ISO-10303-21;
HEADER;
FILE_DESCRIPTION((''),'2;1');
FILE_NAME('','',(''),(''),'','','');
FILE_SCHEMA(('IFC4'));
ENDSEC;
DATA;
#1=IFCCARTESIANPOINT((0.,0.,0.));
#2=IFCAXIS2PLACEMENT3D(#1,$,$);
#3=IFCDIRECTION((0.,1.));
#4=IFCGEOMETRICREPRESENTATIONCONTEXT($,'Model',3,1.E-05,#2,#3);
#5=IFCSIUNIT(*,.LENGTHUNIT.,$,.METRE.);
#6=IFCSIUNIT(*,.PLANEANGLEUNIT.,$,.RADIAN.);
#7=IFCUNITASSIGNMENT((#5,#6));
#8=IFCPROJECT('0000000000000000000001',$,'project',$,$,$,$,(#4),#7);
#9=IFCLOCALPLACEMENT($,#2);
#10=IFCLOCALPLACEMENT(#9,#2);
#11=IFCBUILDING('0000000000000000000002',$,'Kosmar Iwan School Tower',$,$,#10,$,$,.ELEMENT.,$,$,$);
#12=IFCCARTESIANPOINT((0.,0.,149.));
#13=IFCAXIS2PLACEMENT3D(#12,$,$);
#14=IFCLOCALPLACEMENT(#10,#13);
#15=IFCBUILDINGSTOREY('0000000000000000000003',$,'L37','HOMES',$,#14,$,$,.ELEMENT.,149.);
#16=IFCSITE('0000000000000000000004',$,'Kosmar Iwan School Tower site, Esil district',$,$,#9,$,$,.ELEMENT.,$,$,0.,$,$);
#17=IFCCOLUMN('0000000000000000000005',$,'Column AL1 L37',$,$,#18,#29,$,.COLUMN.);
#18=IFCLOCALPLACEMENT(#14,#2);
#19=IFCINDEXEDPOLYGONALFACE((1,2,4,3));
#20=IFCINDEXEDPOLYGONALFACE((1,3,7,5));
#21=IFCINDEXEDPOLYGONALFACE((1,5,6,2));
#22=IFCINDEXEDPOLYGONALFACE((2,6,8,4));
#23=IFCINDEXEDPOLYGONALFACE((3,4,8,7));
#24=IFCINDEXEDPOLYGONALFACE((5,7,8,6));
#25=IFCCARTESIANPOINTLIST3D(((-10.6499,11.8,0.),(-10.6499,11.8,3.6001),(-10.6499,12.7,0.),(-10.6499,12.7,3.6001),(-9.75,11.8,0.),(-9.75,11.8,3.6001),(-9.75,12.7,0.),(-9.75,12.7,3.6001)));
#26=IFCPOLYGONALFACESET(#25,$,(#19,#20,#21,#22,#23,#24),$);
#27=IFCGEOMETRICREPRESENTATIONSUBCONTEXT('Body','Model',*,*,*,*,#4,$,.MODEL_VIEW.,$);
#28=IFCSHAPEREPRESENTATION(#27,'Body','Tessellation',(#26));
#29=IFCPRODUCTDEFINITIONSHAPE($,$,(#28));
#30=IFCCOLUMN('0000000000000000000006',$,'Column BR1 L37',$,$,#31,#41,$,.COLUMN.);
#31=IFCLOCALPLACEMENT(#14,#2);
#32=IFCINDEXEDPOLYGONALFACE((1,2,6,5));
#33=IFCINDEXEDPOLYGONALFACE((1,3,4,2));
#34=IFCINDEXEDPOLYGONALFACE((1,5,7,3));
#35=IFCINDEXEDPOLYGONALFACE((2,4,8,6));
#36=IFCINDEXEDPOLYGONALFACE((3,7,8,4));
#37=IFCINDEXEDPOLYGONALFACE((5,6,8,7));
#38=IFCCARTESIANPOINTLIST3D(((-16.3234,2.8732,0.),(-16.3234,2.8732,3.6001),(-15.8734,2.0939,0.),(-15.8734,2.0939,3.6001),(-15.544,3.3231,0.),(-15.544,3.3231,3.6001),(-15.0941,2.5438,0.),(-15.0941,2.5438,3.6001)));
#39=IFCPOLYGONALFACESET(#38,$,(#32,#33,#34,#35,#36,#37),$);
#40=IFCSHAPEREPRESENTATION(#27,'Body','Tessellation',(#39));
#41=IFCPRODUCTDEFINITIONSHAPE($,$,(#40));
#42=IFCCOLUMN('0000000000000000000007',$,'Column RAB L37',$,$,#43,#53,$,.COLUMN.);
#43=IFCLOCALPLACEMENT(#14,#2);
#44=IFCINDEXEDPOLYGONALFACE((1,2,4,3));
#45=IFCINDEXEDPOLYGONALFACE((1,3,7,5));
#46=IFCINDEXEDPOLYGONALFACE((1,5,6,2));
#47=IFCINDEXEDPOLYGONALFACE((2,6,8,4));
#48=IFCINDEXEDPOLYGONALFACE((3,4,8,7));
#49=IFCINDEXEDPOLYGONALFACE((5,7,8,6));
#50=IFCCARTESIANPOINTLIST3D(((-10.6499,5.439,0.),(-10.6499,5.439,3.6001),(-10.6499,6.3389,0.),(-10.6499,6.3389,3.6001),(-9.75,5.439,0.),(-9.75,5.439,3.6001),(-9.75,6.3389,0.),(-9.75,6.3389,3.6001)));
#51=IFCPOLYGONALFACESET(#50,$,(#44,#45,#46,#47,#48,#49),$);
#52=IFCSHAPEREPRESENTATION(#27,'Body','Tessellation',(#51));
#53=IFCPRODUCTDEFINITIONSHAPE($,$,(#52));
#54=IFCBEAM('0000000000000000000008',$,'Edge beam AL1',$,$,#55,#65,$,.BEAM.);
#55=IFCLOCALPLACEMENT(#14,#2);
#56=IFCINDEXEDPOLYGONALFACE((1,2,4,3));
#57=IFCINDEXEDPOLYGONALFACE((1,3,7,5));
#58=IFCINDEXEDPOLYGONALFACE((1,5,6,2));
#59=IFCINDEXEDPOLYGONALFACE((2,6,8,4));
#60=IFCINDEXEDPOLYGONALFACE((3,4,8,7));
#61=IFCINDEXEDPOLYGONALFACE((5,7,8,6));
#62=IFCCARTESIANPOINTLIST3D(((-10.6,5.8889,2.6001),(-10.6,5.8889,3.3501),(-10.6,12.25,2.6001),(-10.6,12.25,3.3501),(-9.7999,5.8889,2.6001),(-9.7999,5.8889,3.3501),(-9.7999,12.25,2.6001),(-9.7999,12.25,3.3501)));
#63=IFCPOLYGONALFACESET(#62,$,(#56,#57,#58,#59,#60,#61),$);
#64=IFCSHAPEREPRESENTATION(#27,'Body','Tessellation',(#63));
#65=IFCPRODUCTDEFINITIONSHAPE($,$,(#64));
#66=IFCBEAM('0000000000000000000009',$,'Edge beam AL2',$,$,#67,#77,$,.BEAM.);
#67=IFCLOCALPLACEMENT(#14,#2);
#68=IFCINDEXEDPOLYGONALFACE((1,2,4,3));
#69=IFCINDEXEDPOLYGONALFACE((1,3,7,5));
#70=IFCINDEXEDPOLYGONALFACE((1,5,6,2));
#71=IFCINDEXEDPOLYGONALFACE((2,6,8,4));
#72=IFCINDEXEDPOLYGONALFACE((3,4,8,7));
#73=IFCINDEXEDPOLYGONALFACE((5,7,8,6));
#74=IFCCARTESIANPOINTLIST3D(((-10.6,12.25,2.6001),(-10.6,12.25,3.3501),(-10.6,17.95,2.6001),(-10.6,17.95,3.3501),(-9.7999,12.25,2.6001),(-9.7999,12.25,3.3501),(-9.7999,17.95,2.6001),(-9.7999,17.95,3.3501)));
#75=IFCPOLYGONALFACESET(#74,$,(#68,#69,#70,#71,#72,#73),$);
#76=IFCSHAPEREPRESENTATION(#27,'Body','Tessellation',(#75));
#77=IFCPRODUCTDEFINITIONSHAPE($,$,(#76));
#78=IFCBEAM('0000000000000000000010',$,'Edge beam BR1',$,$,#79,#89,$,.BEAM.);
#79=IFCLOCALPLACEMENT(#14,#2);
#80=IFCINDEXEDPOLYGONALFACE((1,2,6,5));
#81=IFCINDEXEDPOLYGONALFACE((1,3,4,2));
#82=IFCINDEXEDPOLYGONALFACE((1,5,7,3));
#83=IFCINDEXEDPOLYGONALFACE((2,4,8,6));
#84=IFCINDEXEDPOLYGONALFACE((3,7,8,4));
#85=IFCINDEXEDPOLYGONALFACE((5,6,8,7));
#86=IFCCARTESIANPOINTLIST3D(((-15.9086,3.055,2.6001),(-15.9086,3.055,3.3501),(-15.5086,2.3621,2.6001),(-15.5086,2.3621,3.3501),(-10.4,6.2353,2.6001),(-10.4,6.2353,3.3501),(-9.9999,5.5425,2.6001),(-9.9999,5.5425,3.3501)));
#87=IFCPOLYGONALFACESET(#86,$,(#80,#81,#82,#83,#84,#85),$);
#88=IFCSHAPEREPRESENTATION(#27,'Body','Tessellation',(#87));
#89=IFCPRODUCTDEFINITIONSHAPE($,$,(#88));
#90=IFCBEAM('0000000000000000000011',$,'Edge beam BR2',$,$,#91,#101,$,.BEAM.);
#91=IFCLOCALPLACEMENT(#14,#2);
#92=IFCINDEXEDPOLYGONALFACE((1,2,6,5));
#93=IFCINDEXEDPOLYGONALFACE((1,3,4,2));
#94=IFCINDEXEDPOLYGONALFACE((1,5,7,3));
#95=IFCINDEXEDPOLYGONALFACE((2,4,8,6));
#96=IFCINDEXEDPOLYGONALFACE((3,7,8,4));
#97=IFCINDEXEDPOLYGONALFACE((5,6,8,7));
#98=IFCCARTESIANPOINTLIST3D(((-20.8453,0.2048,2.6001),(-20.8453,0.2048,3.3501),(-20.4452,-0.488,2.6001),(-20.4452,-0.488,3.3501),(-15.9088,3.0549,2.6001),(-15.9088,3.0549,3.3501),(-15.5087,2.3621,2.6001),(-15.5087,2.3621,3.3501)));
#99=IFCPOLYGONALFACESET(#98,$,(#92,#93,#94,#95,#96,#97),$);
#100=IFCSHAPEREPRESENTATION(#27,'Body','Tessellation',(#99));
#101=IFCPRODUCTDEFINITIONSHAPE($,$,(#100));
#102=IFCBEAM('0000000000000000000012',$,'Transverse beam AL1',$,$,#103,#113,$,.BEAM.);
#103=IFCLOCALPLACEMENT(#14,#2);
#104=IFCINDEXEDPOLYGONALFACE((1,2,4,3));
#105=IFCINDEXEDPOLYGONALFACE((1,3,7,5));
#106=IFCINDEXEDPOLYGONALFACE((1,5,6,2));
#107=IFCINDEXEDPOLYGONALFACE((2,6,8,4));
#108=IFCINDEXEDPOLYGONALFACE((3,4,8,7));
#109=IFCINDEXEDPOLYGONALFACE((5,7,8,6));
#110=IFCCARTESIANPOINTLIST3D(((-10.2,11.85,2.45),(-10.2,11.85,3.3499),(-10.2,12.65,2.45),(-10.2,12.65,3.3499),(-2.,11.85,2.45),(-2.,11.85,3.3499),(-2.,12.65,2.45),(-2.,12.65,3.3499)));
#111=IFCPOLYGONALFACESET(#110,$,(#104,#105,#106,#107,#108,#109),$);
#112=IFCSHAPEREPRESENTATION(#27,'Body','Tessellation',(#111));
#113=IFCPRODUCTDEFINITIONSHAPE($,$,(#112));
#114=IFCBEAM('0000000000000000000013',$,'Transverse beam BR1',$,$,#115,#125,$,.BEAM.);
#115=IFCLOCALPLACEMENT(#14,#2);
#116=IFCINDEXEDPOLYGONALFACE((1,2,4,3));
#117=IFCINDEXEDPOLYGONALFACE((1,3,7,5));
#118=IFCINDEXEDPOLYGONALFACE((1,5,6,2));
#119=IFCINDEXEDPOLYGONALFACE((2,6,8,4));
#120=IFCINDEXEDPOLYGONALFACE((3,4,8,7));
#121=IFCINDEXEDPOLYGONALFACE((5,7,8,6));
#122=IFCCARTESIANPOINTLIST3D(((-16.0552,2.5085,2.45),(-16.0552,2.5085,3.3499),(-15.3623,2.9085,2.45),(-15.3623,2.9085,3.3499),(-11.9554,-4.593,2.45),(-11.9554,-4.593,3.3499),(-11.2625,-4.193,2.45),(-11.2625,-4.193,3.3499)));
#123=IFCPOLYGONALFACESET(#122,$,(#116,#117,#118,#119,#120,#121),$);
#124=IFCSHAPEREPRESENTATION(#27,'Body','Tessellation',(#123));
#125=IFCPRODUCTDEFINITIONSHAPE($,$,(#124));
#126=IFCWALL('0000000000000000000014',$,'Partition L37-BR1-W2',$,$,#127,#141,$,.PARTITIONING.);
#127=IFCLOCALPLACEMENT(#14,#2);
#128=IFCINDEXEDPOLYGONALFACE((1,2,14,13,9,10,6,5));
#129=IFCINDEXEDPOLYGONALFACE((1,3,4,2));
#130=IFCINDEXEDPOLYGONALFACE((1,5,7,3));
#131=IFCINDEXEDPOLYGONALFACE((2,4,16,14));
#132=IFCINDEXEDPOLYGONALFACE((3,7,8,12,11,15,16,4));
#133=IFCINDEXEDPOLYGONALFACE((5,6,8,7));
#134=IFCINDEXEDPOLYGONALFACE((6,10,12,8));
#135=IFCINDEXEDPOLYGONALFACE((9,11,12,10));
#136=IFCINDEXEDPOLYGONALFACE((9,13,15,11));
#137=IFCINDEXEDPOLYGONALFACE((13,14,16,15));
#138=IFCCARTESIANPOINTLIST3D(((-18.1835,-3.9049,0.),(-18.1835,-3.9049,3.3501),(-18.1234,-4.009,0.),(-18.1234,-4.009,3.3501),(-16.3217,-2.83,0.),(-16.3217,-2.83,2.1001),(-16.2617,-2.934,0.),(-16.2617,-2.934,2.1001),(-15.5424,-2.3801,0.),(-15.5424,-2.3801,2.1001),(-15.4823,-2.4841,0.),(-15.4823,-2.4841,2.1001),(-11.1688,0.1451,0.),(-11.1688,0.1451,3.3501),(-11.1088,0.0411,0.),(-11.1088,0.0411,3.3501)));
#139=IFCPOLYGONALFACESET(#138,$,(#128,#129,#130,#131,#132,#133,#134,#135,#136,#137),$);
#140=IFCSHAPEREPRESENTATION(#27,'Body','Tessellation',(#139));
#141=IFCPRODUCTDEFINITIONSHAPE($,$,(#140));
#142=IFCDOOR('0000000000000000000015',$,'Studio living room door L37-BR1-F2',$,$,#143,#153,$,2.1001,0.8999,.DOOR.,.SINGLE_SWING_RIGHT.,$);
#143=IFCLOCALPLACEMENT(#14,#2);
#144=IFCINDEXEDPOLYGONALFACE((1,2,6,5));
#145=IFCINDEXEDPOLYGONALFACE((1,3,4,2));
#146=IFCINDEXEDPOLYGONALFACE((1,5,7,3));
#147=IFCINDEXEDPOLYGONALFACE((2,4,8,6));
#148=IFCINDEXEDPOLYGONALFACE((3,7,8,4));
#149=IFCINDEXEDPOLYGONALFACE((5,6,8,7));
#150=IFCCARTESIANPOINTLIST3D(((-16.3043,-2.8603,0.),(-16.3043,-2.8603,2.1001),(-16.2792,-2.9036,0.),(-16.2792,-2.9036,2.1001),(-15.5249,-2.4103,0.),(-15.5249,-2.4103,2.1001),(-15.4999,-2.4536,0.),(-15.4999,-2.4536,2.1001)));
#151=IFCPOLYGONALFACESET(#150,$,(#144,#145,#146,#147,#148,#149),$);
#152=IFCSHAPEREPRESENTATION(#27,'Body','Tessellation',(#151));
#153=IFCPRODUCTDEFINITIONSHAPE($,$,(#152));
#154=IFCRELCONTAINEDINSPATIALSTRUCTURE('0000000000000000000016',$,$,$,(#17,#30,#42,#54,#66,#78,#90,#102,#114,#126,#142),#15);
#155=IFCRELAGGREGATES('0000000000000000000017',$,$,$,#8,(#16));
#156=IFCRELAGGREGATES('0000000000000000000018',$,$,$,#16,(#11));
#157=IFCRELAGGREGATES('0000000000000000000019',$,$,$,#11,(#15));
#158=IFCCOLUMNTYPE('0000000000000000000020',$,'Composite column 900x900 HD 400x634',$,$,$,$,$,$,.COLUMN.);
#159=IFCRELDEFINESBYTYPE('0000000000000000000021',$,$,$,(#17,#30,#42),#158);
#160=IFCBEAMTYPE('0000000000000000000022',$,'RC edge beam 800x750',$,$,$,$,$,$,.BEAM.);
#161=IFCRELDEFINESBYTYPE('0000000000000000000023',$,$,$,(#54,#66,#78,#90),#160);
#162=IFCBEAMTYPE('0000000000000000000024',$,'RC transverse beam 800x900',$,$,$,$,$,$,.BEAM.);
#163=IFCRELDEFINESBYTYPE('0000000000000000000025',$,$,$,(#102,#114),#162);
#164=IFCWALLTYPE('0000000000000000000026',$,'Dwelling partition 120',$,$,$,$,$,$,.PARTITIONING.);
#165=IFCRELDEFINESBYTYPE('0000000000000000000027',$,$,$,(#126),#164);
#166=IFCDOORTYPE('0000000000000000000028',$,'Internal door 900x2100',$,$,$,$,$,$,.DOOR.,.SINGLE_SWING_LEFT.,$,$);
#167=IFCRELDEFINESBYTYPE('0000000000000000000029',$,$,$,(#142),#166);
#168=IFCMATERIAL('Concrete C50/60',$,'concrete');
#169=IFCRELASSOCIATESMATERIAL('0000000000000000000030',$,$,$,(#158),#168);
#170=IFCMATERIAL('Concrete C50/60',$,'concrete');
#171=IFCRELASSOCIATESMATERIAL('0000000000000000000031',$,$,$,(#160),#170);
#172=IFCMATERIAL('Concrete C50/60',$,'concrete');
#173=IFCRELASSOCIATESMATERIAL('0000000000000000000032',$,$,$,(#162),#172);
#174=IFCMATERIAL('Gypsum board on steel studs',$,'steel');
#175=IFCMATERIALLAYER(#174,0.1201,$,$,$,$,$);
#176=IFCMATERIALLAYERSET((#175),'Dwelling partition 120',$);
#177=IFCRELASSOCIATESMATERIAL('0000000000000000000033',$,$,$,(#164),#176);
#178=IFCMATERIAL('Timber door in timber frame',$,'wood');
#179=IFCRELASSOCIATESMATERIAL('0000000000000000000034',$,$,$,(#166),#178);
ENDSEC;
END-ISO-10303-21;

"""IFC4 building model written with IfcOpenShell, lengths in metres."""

from ifc_helpers import new_model, si_unit, direction, frame, frame_2d, origin, origin_2d, place, context, subcontext, project, spatial, rectangle, extrude, material, layer, layer_set, material_profile, profile_set, type_object, element, fill, save


model = new_model("IFC4")

# Units and contexts
model_context = context("Model", 3, precision=1e-05, world=origin(), true_north=direction((0.0, 1.0)))
body_context = subcontext(model_context, "Body", "Model", "MODEL_VIEW")
ifc_project = project(units=[si_unit("LENGTHUNIT", "METRE"), si_unit("PLANEANGLEUNIT", "RADIAN")], contexts=[model_context])

# Site, building, storey
site_placement = place(None, origin())
site = spatial("IfcSite", under=ifc_project, at=site_placement, Name="Kosmar Iwan School Tower site, Esil district", CompositionType="ELEMENT", RefElevation=0.0)
building_placement = place(site_placement, origin())
building = spatial("IfcBuilding", under=site, at=building_placement, Name="Kosmar Iwan School Tower", CompositionType="ELEMENT")
storey_placement = place(building_placement, frame((0.0, 0.0, 149.0)))
storey = spatial("IfcBuildingStorey", under=building, at=storey_placement, Name="L37", Description="HOMES", CompositionType="ELEMENT", Elevation=149.0)

# Columns
ifc_material_1 = material(Name="Concrete C50/60", Category="concrete")
ifc_material_profile_1 = material_profile(ifc_material_1, rectangle(XDim=0.8999, YDim=0.8999, at=origin_2d()), Name="RC 900x900 + HD 400x634")
ifc_profile_set_1 = profile_set([ifc_material_profile_1], Name="Concrete C50/60")
column_type = type_object("IfcColumnType", Name="Composite column 900x900 HD 400x634", PredefinedType="COLUMN", material=ifc_profile_set_1)
for number, where, z_axis, x_axis, name in (
    (1, (-10.2, 12.25, 0.0), (0.0, 0.0, 1.0), (0.0, 1.0, 0.0), "Column AL1 L37"),
    (2, (-15.7087, 2.7085, 0.0), (0.0, 0.0, 1.0), (-0.866025, -0.5, 0.0), "Column BR1 L37"),
    (3, (-10.2, 5.8889, 0.0), (0.0, 0.0, 1.0), (1.0, 0.0, 0.0), "Column RAB L37"),
):
    element("IfcColumn", number, at=place(storey_placement, frame(where, z_axis=z_axis, x_axis=x_axis)), inside=storey, type_object=column_type, Name=name, PredefinedType="COLUMN", context=body_context, shape_type="SweptSolid", body=[
        extrude(rectangle(XDim=0.8999, YDim=0.8999, at=origin_2d()), origin(), (0.0, 0.0, 1.0), 3.6001),
    ])

# Beams
ifc_material_2 = material(Name="Concrete C50/60", Category="concrete")
ifc_material_profile_2 = material_profile(ifc_material_2, rectangle(XDim=0.8, YDim=0.75, at=origin_2d()), Name="RC 800x750")
ifc_profile_set_2 = profile_set([ifc_material_profile_2], Name="Concrete C50/60")
beam_type_1 = type_object("IfcBeamType", Name="RC edge beam 800x750", PredefinedType="BEAM", material=ifc_profile_set_2)
beam_1_placement = place(storey_placement, frame((-10.2, 5.8889, 2.9751), z_axis=(0.0, 1.0, 0.0), x_axis=(-1.0, 0.0, 0.0)))
element("IfcBeam", 4, at=beam_1_placement, inside=storey, type_object=beam_type_1, Name="Edge beam AL1", PredefinedType="BEAM", context=body_context, shape_type="SweptSolid", body=[
    extrude(rectangle(XDim=0.8, YDim=0.75, at=origin_2d()), origin(), (0.0, 0.0, 1.0), 6.3611),
])
beam_2_placement = place(storey_placement, frame((-10.2, 12.25, 2.9751), z_axis=(0.0, 1.0, 0.0), x_axis=(-1.0, 0.0, 0.0)))
element("IfcBeam", 5, at=beam_2_placement, inside=storey, type_object=beam_type_1, Name="Edge beam AL2", PredefinedType="BEAM", context=body_context, shape_type="SweptSolid", body=[
    extrude(rectangle(XDim=0.8, YDim=0.75, at=origin_2d()), origin(), (0.0, 0.0, 1.0), 5.7),
])
beam_3_placement = place(storey_placement, frame((-10.2, 5.8889, 2.9751), z_axis=(-0.866031, -0.49999, 0.0), x_axis=(0.49999, -0.866031, 0.0)))
element("IfcBeam", 6, at=beam_3_placement, inside=storey, type_object=beam_type_1, Name="Edge beam BR1", PredefinedType="BEAM", context=body_context, shape_type="SweptSolid", body=[
    extrude(rectangle(XDim=0.8, YDim=0.75, at=origin_2d()), origin(), (0.0, 0.0, 1.0), 6.3608),
])
beam_4_placement = place(storey_placement, frame((-15.7087, 2.7085, 2.9751), z_axis=(-0.866026, -0.499999, 0.0), x_axis=(0.499999, -0.866026, 0.0)))
element("IfcBeam", 7, at=beam_4_placement, inside=storey, type_object=beam_type_1, Name="Edge beam BR2", PredefinedType="BEAM", context=body_context, shape_type="SweptSolid", body=[
    extrude(rectangle(XDim=0.8, YDim=0.75, at=origin_2d()), origin(), (0.0, 0.0, 1.0), 5.7002),
])
ifc_material_3 = material(Name="Concrete C50/60", Category="concrete")
ifc_material_profile_3 = material_profile(ifc_material_3, rectangle(XDim=0.8, YDim=0.8999, at=origin_2d()), Name="RC 800x900")
ifc_profile_set_3 = profile_set([ifc_material_profile_3], Name="Concrete C50/60")
beam_type_2 = type_object("IfcBeamType", Name="RC transverse beam 800x900", PredefinedType="BEAM", material=ifc_profile_set_3)
for number, where, z_axis, x_axis, name in (
    (8, (-10.2, 12.25, 2.8999), (1.0, 0.0, 0.0), (0.0, 1.0, 0.0), "Transverse beam AL1"),
    (9, (-15.7087, 2.7085, 2.8999), (0.499978, -0.866038, 0.0), (0.866038, 0.499978, 0.0), "Transverse beam BR1"),
):
    element("IfcBeam", number, at=place(storey_placement, frame(where, z_axis=z_axis, x_axis=x_axis)), inside=storey, type_object=beam_type_2, Name=name, PredefinedType="BEAM", context=body_context, shape_type="SweptSolid", body=[
        extrude(rectangle(XDim=0.8, YDim=0.8999, at=origin_2d()), origin(), (0.0, 0.0, 1.0), 8.2),
    ])

# Wall, opening, door
ifc_material_4 = material(Name="Gypsum board on steel studs", Category="steel")
ifc_layer_1 = layer(ifc_material_4, 0.1201)
ifc_layer_set_1 = layer_set([ifc_layer_1], Name="Dwelling partition 120")
wall_type_1 = type_object("IfcWallType", Name="Dwelling partition 120", PredefinedType="PARTITIONING", material=ifc_layer_set_1)
wall_1_placement = place(storey_placement, frame((-11.1389, 0.093, 0.0), z_axis=(0.0, 0.0, 1.0), x_axis=(-0.866018, -0.500013, 0.0)))
wall_1 = element("IfcWall", 10, at=wall_1_placement, inside=storey, type_object=wall_type_1, Name="Partition L37-BR1-W2", PredefinedType="PARTITIONING", context=body_context, shape_type="SweptSolid", body=[
    extrude(rectangle(XDim=8.0999, YDim=0.1201, at=frame_2d((4.0498, 0.0))), origin(), (0.0, 0.0, 1.0), 3.3501),
])
opening_1_placement = place(wall_1_placement, frame((5.05, 0.0, 0.0)))
opening_1 = element("IfcOpeningElement", 11, at=opening_1_placement, cuts=wall_1, PredefinedType="OPENING", context=body_context, shape_type="SweptSolid", body=[
    extrude(rectangle(XDim=0.8999, YDim=2.1001, at=frame_2d((0.45, 1.05))), frame((0.0, 0.072, 0.0), z_axis=(0.0, -1.0, 0.0), x_axis=(1.0, 0.0, 0.0)), (0.0, 0.0, 1.0), 0.144),
])
ifc_material_5 = material(Name="Timber door in timber frame", Category="wood")
door_type = type_object("IfcDoorType", Name="Internal door 900x2100", OperationType="SINGLE_SWING_LEFT", PredefinedType="DOOR", material=ifc_material_5)
door_placement = place(opening_1_placement, origin())
door = element("IfcDoor", 12, at=door_placement, inside=storey, type_object=door_type, Name="Studio living room door L37-BR1-F2", OperationType="SINGLE_SWING_RIGHT", OverallHeight=2.1001, OverallWidth=0.8999, PredefinedType="DOOR", context=body_context, shape_type="SweptSolid", body=[
    extrude(rectangle(XDim=0.8999, YDim=2.1001, at=frame_2d((0.45, 1.05))), frame((0.0, 0.0249, 0.0), z_axis=(0.0, -1.0, 0.0), x_axis=(1.0, 0.0, 0.0)), (0.0, 0.0, 1.0), 0.05),
])
fill(opening_1, door)

save(model, "model.ifc")
